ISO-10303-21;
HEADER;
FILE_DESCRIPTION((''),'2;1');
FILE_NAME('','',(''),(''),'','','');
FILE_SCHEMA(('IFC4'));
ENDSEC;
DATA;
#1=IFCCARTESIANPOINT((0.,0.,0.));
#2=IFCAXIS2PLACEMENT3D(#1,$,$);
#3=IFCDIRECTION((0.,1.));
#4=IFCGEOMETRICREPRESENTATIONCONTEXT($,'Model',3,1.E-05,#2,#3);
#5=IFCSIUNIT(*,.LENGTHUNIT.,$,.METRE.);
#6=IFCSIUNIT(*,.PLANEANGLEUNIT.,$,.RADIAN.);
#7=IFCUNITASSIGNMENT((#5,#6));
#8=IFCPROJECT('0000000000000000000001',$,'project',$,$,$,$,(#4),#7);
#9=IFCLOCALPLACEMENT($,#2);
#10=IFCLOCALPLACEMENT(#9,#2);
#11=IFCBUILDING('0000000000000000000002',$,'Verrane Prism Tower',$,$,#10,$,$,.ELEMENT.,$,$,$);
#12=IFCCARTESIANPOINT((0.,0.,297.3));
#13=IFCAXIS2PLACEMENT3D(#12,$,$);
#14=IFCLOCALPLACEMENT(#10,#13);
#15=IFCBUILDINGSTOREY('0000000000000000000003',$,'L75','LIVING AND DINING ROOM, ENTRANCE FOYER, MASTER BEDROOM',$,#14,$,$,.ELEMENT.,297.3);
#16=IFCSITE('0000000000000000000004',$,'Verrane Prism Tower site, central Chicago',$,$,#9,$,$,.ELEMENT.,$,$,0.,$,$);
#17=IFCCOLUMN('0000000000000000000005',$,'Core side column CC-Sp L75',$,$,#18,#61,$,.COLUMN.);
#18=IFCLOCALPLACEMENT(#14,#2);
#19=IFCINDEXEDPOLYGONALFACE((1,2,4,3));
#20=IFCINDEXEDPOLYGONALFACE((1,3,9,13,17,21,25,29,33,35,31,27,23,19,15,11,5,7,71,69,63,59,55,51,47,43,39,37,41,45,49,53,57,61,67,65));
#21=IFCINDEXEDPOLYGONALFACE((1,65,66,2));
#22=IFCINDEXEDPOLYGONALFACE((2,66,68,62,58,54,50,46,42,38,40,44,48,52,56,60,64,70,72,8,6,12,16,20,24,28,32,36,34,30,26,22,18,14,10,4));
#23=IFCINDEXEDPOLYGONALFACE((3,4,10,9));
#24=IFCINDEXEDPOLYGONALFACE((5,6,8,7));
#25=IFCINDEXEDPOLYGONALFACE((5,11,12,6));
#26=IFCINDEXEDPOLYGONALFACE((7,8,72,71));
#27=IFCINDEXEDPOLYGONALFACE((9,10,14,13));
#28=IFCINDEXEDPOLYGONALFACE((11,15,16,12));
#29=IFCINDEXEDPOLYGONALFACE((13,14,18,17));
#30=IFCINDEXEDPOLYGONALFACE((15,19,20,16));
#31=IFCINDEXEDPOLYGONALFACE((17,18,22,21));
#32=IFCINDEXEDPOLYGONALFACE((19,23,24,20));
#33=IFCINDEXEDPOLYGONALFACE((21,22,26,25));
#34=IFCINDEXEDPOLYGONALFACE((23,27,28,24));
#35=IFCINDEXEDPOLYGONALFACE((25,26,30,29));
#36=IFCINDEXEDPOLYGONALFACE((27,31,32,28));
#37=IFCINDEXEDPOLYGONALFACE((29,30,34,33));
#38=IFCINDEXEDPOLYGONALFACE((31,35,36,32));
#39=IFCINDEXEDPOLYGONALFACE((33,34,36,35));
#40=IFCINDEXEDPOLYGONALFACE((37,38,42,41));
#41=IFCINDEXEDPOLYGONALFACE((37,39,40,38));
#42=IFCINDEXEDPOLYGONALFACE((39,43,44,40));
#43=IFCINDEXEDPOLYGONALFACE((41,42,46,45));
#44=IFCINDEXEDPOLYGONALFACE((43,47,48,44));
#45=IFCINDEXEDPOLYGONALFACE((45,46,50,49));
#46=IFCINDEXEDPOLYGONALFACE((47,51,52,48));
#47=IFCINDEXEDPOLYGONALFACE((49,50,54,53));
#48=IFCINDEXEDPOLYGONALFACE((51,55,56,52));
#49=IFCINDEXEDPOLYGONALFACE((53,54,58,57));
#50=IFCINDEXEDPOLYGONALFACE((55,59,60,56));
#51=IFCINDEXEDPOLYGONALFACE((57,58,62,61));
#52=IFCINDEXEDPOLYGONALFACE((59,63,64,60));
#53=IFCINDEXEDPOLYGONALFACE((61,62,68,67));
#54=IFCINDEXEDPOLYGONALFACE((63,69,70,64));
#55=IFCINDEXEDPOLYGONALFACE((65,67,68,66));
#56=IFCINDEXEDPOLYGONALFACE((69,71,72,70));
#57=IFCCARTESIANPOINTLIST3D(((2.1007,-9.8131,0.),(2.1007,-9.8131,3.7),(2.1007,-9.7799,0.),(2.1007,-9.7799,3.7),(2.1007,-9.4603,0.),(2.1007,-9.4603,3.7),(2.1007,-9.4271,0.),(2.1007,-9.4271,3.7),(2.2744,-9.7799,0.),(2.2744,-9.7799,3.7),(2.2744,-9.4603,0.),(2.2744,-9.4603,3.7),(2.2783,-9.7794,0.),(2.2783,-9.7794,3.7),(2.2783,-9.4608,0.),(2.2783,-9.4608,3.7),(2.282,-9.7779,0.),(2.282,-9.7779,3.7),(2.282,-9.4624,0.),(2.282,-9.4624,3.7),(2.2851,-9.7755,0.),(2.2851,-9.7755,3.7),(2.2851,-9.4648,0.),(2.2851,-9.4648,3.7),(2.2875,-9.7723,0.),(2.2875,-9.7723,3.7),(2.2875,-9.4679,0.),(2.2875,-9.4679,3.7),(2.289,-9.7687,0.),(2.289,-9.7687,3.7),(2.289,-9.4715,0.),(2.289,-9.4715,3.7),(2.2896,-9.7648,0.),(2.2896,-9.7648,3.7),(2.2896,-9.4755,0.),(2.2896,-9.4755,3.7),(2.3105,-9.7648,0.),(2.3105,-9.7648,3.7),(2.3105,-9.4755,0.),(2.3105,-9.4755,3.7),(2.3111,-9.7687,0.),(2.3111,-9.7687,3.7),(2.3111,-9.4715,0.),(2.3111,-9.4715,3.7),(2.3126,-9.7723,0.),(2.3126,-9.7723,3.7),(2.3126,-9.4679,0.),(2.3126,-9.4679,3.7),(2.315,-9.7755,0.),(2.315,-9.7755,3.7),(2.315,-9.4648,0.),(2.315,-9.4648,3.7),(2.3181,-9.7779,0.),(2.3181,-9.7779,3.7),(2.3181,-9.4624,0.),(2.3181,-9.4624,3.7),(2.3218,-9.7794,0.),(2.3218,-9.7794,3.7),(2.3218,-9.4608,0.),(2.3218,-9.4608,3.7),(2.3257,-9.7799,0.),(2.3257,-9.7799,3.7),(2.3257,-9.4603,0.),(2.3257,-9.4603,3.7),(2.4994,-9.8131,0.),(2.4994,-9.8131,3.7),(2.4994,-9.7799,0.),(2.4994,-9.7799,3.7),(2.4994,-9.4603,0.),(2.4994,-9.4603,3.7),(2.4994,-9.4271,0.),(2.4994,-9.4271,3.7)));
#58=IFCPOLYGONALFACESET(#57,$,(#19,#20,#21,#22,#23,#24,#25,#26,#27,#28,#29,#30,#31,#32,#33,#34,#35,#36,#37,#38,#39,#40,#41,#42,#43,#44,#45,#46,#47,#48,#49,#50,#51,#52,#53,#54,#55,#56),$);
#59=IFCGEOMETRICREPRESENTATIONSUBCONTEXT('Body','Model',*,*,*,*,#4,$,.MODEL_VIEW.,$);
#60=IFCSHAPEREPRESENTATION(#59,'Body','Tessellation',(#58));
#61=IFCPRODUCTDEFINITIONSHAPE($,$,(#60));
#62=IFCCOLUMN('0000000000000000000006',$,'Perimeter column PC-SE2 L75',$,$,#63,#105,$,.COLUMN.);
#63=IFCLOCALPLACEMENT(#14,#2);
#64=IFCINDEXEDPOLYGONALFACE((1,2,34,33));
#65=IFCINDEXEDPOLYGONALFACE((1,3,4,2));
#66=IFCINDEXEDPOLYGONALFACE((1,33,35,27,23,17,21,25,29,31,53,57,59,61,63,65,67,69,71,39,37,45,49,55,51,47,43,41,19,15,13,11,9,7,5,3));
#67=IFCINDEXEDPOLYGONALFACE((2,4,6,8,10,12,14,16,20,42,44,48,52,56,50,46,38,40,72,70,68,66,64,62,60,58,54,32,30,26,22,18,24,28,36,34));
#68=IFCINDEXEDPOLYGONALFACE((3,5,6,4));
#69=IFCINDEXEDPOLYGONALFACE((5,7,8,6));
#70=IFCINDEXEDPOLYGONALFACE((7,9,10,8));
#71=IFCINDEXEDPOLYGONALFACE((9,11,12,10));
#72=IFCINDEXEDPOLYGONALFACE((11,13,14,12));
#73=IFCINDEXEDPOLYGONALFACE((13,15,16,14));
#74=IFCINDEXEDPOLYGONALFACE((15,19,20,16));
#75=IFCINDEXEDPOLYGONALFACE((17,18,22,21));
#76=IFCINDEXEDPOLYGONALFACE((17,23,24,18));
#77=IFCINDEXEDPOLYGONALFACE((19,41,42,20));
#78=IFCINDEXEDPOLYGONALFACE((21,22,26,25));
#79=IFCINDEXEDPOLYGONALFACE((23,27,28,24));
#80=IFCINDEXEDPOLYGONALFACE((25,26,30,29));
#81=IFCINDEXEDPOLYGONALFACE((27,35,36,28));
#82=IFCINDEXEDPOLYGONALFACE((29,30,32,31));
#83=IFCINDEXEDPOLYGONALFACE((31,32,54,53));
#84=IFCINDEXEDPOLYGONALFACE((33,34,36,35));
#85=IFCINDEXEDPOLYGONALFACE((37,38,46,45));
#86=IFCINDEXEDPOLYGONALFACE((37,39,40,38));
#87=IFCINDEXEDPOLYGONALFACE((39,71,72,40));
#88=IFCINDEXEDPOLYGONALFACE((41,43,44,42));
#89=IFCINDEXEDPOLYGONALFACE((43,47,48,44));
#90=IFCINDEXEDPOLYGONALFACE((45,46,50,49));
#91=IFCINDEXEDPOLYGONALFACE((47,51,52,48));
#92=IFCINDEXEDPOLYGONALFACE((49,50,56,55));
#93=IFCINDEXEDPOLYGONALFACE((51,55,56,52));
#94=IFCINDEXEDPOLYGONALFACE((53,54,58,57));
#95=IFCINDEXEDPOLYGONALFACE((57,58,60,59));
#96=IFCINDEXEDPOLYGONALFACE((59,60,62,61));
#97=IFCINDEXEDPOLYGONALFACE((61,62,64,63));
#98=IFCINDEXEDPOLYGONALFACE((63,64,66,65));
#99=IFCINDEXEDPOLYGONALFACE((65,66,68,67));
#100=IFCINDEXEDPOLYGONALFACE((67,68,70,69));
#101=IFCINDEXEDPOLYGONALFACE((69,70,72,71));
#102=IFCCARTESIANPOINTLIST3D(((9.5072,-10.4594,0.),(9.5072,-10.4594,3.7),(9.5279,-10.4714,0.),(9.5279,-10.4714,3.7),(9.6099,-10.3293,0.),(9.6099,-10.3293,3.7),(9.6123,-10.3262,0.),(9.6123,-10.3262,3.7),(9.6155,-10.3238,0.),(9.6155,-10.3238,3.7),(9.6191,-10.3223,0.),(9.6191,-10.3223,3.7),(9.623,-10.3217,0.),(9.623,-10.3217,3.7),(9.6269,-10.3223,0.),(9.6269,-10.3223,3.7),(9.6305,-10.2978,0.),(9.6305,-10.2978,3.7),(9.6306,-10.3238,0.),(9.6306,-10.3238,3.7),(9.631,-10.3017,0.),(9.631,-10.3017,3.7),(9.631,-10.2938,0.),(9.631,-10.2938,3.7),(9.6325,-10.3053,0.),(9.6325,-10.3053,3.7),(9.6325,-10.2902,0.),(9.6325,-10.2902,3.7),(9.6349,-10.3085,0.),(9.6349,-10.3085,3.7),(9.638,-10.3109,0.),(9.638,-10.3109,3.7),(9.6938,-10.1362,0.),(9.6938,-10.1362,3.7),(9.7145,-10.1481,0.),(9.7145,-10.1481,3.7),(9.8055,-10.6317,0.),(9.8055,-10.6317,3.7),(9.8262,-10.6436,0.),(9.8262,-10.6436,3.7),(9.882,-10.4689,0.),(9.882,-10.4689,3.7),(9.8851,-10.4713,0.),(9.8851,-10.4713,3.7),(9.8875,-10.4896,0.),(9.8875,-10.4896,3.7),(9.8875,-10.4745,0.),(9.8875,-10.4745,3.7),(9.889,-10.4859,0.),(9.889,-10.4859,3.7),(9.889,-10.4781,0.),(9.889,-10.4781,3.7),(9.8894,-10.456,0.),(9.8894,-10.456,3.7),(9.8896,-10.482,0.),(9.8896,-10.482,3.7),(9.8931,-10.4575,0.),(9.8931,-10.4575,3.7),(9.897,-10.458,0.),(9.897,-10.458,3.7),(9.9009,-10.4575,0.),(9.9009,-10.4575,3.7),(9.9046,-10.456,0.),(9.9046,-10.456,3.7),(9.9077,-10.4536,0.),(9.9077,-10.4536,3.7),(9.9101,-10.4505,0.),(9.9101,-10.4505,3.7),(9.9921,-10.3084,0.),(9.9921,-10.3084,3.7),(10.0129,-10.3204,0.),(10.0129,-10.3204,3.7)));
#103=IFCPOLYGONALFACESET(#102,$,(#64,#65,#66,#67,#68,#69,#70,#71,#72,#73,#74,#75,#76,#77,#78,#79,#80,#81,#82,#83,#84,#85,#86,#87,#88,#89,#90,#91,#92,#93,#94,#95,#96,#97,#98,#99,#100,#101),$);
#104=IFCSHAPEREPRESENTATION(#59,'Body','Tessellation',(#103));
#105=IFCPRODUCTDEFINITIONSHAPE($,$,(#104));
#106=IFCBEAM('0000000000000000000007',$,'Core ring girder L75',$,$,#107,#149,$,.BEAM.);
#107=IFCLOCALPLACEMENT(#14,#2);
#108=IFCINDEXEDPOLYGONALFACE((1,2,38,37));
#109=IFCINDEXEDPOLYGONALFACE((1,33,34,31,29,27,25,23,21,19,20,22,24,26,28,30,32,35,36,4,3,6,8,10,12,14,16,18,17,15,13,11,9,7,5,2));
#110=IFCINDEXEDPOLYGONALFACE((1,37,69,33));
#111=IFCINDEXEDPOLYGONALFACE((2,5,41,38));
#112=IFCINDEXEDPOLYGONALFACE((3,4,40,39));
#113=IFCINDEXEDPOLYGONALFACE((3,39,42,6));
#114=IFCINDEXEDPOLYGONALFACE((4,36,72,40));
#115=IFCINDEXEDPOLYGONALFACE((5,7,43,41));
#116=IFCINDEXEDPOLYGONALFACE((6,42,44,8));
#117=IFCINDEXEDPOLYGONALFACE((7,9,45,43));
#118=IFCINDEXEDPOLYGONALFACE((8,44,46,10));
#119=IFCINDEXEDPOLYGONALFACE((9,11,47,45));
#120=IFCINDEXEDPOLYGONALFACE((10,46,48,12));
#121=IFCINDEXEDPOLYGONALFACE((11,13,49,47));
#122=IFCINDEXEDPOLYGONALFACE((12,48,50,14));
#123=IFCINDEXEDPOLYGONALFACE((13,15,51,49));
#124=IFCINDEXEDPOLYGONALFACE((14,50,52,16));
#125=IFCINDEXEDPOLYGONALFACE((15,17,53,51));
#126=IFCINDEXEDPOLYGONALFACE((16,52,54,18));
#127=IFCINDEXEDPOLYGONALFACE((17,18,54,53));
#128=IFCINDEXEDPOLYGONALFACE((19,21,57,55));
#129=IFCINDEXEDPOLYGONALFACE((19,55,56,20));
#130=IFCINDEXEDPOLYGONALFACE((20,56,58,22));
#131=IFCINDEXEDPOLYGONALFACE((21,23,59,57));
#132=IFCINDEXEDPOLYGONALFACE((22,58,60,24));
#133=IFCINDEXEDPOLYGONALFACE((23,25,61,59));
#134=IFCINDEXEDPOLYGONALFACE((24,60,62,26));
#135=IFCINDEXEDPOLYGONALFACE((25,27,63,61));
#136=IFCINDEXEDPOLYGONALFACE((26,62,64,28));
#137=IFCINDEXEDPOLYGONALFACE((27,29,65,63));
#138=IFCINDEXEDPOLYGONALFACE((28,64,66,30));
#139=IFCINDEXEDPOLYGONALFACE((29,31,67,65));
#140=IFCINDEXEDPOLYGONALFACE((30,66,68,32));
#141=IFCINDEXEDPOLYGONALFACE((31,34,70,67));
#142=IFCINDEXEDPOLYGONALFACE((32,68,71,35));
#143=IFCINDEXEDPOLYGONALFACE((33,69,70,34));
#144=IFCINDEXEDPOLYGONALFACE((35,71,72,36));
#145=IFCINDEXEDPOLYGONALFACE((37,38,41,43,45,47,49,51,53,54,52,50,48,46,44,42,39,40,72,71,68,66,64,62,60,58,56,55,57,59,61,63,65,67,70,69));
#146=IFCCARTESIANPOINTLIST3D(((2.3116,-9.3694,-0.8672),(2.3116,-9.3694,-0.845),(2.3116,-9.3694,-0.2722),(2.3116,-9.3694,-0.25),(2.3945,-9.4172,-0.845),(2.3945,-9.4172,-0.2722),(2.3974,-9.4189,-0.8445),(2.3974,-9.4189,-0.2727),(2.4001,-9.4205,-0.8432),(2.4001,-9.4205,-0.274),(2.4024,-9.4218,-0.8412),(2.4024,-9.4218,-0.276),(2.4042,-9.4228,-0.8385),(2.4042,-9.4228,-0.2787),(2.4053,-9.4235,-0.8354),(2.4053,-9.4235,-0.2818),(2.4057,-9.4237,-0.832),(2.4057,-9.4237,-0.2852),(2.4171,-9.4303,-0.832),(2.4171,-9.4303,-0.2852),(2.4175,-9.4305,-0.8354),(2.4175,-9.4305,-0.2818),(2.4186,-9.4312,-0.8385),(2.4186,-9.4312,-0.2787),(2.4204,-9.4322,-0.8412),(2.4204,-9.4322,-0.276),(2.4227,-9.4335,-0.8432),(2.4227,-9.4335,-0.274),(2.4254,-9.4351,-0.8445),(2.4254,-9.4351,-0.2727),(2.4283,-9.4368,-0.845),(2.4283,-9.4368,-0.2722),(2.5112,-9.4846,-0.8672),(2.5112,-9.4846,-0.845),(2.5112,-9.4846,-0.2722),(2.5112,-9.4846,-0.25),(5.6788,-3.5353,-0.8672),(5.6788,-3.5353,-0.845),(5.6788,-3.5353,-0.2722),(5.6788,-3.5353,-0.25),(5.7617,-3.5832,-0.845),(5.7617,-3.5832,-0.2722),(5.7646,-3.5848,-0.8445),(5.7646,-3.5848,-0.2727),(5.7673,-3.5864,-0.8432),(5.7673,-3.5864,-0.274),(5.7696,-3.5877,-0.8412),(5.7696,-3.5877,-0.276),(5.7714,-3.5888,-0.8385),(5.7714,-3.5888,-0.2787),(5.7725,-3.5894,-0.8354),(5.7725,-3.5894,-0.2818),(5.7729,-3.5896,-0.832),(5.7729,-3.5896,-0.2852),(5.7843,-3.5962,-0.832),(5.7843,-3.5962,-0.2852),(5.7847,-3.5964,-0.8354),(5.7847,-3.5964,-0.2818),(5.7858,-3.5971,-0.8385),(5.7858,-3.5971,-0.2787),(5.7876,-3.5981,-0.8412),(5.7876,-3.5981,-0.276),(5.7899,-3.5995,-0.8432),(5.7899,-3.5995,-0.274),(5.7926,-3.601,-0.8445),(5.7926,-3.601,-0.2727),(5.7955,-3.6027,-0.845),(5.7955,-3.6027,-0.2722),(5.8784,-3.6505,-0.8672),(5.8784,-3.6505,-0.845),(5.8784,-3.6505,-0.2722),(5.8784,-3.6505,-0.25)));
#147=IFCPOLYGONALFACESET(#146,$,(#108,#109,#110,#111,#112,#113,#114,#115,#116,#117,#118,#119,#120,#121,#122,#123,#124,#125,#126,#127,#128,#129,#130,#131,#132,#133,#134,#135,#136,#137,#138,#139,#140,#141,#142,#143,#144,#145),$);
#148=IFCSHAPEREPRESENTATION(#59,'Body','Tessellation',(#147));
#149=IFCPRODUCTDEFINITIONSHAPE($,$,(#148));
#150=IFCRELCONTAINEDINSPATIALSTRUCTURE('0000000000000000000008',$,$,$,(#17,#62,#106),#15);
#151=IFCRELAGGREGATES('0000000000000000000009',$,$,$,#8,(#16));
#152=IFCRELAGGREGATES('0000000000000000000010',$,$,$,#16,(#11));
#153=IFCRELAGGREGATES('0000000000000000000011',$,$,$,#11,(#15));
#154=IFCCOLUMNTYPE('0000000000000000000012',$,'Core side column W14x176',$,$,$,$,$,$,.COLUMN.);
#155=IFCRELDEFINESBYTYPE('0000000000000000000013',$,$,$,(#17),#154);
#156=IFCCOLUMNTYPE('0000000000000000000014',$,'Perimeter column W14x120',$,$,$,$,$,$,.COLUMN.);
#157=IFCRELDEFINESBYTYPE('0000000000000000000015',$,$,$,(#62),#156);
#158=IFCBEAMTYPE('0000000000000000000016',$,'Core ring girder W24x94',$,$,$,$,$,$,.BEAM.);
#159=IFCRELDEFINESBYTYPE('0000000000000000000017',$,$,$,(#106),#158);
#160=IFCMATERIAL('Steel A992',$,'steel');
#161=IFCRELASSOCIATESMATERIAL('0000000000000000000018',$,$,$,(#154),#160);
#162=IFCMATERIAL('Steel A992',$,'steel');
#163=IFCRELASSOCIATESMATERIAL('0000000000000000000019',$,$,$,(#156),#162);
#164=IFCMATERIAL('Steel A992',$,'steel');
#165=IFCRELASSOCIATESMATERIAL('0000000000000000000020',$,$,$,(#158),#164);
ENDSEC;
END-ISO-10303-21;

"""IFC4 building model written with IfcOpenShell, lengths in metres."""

from ifc_helpers import new_model, si_unit, direction, frame, origin, origin_2d, place, context, subcontext, project, spatial, i_section, extrude, material, material_profile, profile_set, type_object, element, save


model = new_model("IFC4")

# Units and contexts
model_context = context("Model", 3, precision=1e-05, world=origin(), true_north=direction((0.0, 1.0)))
body_context = subcontext(model_context, "Body", "Model", "MODEL_VIEW")
ifc_project = project(units=[si_unit("LENGTHUNIT", "METRE"), si_unit("PLANEANGLEUNIT", "RADIAN")], contexts=[model_context])

# Site, building, storey
site_placement = place(None, origin())
site = spatial("IfcSite", under=ifc_project, at=site_placement, Name="Verrane Prism Tower site, central Chicago", CompositionType="ELEMENT", RefElevation=0.0)
building_placement = place(site_placement, origin())
building = spatial("IfcBuilding", under=site, at=building_placement, Name="Verrane Prism Tower", CompositionType="ELEMENT")
storey_placement = place(building_placement, frame((0.0, 0.0, 297.3)))
storey = spatial("IfcBuildingStorey", under=building, at=storey_placement, Name="L75", Description="LIVING AND DINING ROOM, ENTRANCE FOYER, MASTER BEDROOM", CompositionType="ELEMENT", Elevation=297.3)

# Columns
ifc_material_1 = material(Name="Steel A992", Category="steel")
ifc_material_profile_1 = material_profile(ifc_material_1, i_section(OverallWidth=0.3987, OverallDepth=0.386, WebThickness=0.021, FlangeThickness=0.0332, FilletRadius=0.0151, at=origin_2d()), Name="W14x176")
ifc_profile_set_1 = profile_set([ifc_material_profile_1], Name="Steel A992")
column_type_1 = type_object("IfcColumnType", Name="Core side column W14x176", PredefinedType="COLUMN", material=ifc_profile_set_1)
column_1_placement = place(storey_placement, frame((2.3, -9.6201, 0.0), z_axis=(0.0, 0.0, 1.0), x_axis=(1.0, 0.0, 0.0)))
element("IfcColumn", 1, at=column_1_placement, inside=storey, type_object=column_type_1, Name="Core side column CC-Sp L75", PredefinedType="COLUMN", context=body_context, shape_type="SweptSolid", body=[
    extrude(i_section(OverallWidth=0.3987, OverallDepth=0.386, WebThickness=0.021, FlangeThickness=0.0332, FilletRadius=0.0151, at=origin_2d()), origin(), (0.0, 0.0, 1.0), 3.7),
])
ifc_material_2 = material(Name="Steel A992", Category="steel")
ifc_material_profile_2 = material_profile(ifc_material_2, i_section(OverallWidth=0.3733, OverallDepth=0.3684, WebThickness=0.0149, FlangeThickness=0.0239, FilletRadius=0.0151, at=origin_2d()), Name="W14x120")
ifc_profile_set_2 = profile_set([ifc_material_profile_2], Name="Steel A992")
column_type_2 = type_object("IfcColumnType", Name="Perimeter column W14x120", PredefinedType="COLUMN", material=ifc_profile_set_2)
column_2_placement = place(storey_placement, frame((9.76, -10.3899, 0.0), z_axis=(0.0, 0.0, 1.0), x_axis=(-0.5, -0.866025, 0.0)))
element("IfcColumn", 2, at=column_2_placement, inside=storey, type_object=column_type_2, Name="Perimeter column PC-SE2 L75", PredefinedType="COLUMN", context=body_context, shape_type="SweptSolid", body=[
    extrude(i_section(OverallWidth=0.3733, OverallDepth=0.3684, WebThickness=0.0149, FlangeThickness=0.0239, FilletRadius=0.0151, at=origin_2d()), origin(), (0.0, 0.0, 1.0), 3.7),
])

# Beam
ifc_material_3 = material(Name="Steel A992", Category="steel")
ifc_material_profile_3 = material_profile(ifc_material_3, i_section(OverallWidth=0.2305, OverallDepth=0.6172, WebThickness=0.0132, FlangeThickness=0.0222, FilletRadius=0.0129, at=origin_2d()), Name="W24x94")
ifc_profile_set_3 = profile_set([ifc_material_profile_3], Name="Steel A992")
beam_type_1 = type_object("IfcBeamType", Name="Core ring girder W24x94", PredefinedType="BEAM", material=ifc_profile_set_3)
beam_1_placement = place(storey_placement, frame((2.4114, -9.427, -0.5586), z_axis=(0.499881, 0.866094, 0.0), x_axis=(-0.866094, 0.499881, 0.0)))
element("IfcBeam", 3, at=beam_1_placement, inside=storey, type_object=beam_type_1, Name="Core ring girder L75", PredefinedType="BEAM", context=body_context, shape_type="SweptSolid", body=[
    extrude(i_section(OverallWidth=0.2305, OverallDepth=0.6172, WebThickness=0.0132, FlangeThickness=0.0222, FilletRadius=0.0129, at=origin_2d()), origin(), (0.0, 0.0, 1.0), 6.7361),
])

save(model, "model.ifc")
